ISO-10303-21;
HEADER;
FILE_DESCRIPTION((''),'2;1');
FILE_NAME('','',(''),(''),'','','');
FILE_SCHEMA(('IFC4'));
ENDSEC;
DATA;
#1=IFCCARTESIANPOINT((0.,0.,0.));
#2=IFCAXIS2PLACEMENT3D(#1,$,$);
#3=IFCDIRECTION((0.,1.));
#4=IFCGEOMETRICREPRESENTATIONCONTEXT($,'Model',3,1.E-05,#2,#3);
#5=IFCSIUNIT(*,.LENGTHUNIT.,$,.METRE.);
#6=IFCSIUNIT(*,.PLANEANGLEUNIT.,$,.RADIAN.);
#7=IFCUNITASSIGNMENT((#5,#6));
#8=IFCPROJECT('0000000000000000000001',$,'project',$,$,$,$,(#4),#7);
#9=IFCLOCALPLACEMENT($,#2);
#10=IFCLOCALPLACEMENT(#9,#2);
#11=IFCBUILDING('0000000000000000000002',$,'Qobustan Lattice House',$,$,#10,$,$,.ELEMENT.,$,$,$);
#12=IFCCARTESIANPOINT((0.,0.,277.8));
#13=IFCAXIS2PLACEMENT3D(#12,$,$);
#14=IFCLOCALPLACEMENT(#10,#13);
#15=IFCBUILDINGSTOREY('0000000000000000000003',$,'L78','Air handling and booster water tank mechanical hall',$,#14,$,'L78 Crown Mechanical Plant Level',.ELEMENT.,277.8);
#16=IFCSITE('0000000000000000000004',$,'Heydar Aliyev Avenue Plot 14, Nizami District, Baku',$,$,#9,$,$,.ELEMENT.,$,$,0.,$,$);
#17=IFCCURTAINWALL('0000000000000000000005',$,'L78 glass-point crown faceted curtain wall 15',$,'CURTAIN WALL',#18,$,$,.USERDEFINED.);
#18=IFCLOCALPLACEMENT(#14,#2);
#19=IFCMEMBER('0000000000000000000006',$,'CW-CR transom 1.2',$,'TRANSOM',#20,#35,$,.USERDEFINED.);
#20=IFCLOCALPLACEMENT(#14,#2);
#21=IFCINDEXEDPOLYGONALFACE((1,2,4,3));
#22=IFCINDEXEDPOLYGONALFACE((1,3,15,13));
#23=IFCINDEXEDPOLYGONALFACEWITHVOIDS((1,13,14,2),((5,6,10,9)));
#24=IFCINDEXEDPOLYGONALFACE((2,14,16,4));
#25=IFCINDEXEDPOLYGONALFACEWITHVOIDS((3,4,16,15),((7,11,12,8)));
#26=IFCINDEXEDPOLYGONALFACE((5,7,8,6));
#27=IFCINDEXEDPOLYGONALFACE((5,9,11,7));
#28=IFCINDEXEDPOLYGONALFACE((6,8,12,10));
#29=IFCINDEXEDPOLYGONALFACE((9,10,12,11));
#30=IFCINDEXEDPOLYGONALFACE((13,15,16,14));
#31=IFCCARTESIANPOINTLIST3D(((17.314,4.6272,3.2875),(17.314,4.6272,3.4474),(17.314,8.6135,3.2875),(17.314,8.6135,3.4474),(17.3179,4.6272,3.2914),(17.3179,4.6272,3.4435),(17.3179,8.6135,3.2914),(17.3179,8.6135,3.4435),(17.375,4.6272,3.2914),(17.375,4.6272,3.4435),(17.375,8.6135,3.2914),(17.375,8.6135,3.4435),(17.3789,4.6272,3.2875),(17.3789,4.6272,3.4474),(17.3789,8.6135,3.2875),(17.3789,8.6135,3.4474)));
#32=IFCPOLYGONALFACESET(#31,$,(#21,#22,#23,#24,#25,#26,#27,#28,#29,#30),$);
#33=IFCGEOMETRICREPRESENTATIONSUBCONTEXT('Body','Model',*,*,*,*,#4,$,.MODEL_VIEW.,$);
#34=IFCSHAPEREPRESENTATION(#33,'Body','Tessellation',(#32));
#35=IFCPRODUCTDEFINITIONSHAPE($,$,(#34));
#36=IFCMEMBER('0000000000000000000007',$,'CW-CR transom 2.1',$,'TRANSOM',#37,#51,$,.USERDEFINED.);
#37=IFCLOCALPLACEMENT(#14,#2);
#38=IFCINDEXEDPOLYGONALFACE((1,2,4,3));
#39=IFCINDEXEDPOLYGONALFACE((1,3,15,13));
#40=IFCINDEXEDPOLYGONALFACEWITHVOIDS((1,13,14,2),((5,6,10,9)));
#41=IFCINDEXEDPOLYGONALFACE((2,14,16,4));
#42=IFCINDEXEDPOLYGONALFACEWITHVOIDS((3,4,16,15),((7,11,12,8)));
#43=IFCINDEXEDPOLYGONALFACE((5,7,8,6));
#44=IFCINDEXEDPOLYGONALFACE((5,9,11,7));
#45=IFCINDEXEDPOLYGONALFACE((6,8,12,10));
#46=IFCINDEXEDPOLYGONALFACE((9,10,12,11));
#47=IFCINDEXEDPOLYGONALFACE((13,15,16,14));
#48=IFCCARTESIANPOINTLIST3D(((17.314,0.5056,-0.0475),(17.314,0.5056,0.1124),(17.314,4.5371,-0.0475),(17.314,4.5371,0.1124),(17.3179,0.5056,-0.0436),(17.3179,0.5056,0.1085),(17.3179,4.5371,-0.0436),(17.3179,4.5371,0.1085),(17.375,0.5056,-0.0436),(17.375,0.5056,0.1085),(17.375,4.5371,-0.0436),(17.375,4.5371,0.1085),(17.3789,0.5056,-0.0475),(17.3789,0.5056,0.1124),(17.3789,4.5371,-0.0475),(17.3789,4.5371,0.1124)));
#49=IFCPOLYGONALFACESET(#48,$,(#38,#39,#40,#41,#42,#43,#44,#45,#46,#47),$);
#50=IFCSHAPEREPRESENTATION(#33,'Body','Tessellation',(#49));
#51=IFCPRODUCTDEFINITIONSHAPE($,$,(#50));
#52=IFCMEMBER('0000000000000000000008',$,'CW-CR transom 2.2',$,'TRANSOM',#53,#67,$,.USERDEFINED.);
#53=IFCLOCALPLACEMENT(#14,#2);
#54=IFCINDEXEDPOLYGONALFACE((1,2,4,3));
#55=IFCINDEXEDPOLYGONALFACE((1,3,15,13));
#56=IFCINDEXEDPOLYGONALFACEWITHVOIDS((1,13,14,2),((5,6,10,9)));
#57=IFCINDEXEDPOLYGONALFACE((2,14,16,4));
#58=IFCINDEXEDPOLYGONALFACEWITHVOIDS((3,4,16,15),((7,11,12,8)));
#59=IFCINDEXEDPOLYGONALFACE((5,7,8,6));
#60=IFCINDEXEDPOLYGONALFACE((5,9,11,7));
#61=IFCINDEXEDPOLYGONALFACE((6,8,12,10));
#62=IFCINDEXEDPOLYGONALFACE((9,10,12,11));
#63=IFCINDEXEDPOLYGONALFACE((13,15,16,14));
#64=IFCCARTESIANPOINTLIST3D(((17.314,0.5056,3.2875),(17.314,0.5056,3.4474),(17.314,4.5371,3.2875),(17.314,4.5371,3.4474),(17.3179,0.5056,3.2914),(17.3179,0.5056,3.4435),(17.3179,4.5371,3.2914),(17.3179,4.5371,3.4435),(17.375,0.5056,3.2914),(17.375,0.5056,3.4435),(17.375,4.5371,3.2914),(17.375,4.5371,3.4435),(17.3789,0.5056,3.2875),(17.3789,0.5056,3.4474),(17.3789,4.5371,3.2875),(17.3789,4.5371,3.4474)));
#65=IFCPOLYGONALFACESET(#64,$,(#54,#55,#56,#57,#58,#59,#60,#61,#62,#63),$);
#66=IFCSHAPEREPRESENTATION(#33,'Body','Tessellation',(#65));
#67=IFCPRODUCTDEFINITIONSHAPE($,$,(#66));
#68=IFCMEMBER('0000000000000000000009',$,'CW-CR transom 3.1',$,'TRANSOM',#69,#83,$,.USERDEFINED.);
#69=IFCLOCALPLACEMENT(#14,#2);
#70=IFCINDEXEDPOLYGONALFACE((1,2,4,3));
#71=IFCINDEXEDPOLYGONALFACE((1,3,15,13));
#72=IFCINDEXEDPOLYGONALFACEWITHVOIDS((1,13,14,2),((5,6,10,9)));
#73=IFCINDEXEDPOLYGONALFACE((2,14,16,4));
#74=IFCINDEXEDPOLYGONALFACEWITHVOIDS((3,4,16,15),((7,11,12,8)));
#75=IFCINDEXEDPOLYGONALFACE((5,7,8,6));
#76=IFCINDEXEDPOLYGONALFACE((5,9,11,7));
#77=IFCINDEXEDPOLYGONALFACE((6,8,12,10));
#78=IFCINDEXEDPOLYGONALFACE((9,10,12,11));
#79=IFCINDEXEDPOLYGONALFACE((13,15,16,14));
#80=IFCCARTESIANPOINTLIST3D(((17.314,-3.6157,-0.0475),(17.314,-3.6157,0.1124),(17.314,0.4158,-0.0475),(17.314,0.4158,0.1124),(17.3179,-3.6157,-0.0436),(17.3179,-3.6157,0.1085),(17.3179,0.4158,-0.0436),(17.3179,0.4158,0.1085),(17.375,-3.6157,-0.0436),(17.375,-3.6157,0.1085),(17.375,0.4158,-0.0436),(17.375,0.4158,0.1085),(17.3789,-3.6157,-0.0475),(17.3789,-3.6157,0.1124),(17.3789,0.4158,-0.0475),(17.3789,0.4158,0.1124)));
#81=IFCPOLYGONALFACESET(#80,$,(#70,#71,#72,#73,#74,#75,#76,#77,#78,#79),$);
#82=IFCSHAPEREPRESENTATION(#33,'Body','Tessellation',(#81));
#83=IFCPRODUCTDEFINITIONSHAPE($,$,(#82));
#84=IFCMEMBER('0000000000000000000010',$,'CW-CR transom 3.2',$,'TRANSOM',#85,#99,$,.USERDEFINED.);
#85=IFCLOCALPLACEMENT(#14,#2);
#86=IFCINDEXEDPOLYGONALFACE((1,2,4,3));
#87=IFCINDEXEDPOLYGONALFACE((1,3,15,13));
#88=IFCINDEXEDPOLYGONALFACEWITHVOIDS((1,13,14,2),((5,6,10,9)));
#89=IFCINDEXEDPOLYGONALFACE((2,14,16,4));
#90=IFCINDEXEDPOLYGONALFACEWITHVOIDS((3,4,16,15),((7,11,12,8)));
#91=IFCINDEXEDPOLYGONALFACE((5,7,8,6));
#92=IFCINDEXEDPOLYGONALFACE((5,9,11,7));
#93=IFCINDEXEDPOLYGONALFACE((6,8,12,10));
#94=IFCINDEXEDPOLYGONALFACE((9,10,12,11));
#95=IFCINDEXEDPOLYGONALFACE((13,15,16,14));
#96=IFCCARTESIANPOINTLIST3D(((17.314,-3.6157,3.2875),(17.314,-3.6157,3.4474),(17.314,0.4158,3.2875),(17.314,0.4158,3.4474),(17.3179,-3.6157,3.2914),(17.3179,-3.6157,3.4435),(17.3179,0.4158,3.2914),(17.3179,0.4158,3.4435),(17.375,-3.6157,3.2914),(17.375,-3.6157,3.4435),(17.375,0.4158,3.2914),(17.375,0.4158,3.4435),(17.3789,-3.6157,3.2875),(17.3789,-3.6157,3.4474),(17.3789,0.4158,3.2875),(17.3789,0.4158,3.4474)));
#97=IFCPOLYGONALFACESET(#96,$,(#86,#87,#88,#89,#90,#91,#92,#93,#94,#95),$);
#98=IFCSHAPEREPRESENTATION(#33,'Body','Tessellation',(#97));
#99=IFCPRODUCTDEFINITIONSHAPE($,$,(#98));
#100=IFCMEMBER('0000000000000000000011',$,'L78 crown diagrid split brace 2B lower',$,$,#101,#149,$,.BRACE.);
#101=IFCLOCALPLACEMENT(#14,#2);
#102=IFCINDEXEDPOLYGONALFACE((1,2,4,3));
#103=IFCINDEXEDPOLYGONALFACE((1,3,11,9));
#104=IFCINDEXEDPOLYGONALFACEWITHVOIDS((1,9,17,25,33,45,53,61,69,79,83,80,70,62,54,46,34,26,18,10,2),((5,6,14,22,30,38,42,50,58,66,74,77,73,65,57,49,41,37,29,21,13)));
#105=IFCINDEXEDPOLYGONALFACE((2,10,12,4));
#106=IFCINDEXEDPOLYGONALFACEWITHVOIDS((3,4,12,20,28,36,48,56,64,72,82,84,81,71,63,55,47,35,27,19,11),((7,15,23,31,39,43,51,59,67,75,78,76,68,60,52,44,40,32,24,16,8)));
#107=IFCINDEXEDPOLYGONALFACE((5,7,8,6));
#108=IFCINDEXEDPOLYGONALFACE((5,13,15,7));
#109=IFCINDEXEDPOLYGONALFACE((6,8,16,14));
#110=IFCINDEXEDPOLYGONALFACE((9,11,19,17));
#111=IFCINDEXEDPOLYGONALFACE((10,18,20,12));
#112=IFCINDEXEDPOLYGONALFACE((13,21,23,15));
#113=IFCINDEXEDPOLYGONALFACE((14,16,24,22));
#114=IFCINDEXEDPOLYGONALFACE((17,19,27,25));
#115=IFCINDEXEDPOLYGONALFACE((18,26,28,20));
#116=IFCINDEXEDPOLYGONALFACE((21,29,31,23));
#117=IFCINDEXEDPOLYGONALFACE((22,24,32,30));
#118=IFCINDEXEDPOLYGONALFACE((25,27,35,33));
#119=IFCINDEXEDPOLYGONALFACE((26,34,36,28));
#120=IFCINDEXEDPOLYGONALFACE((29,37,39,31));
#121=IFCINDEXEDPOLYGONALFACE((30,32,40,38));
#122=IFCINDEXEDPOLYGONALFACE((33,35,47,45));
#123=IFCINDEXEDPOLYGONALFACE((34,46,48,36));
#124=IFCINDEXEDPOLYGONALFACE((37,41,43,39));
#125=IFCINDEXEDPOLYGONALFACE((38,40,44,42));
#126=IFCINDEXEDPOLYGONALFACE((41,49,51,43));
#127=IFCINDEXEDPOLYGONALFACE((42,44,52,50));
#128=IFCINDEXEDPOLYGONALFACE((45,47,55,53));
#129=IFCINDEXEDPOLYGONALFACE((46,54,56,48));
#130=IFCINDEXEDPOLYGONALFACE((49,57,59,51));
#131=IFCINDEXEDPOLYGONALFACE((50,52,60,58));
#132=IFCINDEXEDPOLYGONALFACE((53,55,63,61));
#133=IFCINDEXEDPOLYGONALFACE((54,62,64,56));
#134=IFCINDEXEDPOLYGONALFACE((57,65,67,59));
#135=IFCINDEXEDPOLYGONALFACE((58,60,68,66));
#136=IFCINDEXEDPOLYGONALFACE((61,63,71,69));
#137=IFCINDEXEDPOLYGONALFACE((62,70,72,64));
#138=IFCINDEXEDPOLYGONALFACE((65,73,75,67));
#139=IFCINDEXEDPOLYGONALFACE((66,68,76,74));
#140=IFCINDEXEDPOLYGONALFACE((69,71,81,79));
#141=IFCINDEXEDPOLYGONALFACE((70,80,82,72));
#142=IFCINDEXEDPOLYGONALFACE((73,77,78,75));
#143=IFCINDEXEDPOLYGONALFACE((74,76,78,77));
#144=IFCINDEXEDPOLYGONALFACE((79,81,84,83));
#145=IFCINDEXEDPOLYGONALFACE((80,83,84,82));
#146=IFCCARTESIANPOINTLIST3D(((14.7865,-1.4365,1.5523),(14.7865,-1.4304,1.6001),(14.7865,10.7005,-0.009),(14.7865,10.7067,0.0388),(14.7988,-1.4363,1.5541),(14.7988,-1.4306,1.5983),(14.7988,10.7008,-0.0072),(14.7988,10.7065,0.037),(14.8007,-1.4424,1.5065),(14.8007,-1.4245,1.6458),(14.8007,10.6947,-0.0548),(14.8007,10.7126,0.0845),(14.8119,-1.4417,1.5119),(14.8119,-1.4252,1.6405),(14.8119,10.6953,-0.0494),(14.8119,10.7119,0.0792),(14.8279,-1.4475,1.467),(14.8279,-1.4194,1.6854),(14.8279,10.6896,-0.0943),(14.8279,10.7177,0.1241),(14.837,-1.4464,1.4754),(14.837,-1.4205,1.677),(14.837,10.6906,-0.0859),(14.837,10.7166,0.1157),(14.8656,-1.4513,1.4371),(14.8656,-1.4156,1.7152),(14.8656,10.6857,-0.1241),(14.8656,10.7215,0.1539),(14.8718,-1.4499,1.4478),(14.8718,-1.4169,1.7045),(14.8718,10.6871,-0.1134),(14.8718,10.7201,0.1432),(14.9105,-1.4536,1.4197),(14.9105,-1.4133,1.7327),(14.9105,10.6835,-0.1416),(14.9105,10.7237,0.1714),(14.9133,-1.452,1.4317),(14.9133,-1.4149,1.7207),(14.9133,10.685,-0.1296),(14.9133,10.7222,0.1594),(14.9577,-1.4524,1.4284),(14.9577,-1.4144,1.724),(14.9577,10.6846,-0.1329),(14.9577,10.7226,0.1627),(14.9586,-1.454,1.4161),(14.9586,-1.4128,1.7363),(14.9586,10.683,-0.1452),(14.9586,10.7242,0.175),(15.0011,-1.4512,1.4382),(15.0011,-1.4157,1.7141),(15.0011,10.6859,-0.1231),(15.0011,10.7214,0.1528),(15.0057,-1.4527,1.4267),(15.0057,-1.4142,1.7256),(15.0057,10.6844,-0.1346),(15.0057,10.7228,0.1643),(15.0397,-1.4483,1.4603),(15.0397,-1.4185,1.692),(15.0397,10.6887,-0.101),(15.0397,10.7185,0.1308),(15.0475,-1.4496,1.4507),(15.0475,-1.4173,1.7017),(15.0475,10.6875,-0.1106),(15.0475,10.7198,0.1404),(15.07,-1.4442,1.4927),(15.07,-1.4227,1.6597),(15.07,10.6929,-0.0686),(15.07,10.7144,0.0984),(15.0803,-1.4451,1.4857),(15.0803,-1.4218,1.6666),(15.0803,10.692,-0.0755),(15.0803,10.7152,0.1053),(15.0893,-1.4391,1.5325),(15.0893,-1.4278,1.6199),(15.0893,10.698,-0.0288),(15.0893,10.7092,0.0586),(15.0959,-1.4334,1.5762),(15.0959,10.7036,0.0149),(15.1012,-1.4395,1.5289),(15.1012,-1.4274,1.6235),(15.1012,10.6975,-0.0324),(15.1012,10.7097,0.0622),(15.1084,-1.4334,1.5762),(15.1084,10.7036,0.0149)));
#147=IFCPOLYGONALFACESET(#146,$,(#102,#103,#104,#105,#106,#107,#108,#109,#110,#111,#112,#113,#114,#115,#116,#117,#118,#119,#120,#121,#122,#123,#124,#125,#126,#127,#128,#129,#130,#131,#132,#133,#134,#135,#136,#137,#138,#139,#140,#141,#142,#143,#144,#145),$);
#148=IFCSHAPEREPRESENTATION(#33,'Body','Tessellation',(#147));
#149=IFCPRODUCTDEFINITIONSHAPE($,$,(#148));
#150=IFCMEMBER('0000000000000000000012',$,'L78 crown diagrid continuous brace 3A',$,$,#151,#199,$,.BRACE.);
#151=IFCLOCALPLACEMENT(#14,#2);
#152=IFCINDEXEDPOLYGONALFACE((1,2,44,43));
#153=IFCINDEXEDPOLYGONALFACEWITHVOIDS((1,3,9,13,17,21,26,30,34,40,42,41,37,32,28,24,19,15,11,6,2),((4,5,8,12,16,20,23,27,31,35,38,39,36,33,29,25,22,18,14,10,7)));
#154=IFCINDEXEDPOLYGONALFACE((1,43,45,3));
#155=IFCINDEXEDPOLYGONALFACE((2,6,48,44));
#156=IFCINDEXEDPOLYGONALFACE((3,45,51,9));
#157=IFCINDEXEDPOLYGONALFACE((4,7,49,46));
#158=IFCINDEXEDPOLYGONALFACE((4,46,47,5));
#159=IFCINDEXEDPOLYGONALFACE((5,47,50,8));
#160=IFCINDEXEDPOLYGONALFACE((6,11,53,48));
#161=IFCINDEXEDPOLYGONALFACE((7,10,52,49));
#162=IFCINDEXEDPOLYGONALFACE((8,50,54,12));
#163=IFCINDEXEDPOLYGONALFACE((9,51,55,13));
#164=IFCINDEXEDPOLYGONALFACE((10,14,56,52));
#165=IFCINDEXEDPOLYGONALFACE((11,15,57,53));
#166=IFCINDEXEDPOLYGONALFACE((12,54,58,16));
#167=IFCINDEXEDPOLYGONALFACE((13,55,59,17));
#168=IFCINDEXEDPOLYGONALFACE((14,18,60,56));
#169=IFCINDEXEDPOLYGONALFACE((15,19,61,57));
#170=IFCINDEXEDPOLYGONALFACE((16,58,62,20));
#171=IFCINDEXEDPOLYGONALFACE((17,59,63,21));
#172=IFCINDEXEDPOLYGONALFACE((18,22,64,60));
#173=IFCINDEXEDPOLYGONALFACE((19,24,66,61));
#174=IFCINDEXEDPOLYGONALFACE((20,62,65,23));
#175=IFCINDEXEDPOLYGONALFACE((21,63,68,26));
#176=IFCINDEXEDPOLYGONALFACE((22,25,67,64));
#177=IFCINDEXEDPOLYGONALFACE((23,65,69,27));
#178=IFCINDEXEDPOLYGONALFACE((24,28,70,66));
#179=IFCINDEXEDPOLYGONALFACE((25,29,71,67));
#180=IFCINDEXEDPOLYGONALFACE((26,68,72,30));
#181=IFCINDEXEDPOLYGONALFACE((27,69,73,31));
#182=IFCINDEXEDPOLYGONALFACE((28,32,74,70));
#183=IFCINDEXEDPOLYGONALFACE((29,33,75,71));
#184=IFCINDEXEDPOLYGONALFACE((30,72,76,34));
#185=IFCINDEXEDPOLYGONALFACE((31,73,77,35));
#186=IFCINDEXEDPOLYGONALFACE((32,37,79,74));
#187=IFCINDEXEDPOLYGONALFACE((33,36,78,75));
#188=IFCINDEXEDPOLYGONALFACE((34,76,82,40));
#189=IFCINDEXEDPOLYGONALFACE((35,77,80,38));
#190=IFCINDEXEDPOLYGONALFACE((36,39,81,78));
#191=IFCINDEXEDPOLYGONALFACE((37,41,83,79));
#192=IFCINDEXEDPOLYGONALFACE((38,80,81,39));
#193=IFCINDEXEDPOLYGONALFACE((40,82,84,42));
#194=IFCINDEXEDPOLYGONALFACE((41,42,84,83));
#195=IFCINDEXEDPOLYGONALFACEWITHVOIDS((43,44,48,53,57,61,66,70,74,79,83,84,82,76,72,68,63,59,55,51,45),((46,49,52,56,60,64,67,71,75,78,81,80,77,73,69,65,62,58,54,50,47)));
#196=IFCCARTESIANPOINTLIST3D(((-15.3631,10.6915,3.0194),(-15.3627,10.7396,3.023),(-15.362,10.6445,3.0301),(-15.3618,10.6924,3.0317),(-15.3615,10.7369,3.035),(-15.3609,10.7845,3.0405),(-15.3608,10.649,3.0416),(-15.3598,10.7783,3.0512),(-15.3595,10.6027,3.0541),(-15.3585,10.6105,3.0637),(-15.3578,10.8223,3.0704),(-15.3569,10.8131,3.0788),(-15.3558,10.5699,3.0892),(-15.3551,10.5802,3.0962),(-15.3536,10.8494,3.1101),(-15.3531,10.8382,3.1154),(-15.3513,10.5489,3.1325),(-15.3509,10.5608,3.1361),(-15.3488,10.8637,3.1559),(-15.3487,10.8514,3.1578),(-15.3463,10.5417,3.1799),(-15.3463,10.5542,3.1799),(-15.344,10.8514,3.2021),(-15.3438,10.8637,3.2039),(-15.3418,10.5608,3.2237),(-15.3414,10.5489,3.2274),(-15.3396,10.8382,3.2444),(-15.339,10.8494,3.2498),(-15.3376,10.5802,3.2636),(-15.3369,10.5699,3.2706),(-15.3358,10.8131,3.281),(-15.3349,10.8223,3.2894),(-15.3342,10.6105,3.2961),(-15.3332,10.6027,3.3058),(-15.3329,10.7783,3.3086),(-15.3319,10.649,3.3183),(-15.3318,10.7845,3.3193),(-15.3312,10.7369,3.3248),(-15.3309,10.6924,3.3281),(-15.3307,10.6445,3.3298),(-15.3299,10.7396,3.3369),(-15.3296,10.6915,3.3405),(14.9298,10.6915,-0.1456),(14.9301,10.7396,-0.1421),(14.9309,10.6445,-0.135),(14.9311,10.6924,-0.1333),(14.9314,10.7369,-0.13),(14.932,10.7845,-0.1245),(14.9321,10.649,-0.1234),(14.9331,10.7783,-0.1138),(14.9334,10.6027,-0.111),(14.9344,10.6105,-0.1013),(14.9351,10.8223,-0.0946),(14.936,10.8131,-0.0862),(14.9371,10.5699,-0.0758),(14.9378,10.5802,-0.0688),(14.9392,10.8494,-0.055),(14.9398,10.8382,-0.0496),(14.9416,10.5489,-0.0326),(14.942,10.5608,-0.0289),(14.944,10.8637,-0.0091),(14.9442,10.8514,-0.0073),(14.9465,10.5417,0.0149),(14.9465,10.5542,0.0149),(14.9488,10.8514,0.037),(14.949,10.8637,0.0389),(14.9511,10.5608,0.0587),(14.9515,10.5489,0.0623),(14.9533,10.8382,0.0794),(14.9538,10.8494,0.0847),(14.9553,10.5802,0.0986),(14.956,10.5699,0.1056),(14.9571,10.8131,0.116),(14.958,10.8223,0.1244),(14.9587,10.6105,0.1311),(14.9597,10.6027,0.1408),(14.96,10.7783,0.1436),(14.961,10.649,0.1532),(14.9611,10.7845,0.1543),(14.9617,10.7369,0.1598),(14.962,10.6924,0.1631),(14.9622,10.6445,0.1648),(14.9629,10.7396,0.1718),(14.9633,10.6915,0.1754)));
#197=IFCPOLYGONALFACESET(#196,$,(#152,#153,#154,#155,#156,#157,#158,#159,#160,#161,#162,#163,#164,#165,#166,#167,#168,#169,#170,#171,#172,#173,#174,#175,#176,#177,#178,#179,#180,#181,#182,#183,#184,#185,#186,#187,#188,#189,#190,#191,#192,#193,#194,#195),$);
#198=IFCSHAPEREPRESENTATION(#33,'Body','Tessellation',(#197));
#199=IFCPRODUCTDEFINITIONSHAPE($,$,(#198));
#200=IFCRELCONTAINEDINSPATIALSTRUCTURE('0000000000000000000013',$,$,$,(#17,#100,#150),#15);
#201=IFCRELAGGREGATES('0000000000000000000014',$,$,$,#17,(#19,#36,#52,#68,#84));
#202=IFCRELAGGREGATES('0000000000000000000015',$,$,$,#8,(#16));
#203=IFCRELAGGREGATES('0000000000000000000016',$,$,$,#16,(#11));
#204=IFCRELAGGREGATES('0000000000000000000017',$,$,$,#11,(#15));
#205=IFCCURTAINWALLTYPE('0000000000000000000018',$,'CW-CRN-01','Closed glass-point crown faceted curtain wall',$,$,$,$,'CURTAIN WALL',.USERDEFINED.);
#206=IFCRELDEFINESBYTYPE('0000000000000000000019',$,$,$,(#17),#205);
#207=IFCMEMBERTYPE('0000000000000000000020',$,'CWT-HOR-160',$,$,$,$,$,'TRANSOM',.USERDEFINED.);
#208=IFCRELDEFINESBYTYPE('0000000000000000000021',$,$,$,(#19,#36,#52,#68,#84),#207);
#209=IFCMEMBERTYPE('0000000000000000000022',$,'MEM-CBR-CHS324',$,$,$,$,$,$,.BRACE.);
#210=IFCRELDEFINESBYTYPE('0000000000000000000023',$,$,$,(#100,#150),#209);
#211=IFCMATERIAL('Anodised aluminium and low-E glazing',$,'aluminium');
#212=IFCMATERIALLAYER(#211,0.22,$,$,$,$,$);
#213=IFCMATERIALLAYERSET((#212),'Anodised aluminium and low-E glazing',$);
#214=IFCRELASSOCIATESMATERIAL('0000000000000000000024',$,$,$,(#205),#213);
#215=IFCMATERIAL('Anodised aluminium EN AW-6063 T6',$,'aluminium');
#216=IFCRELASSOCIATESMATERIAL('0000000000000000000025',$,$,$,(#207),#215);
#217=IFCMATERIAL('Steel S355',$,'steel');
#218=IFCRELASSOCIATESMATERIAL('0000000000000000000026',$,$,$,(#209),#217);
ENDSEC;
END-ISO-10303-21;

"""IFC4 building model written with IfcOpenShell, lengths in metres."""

from ifc_helpers import new_model, si_unit, direction, frame, origin, origin_2d, place, context, subcontext, project, spatial, hollow_rectangle, hollow_circle, extrude, material, layer, layer_set, material_profile, profile_set, type_object, element, aggregate, save


model = new_model("IFC4")

# Units and contexts
model_context = context("Model", 3, precision=1e-05, world=origin(), true_north=direction((0.0, 1.0)))
body_context = subcontext(model_context, "Body", "Model", "MODEL_VIEW")
ifc_project = project(units=[si_unit("LENGTHUNIT", "METRE"), si_unit("PLANEANGLEUNIT", "RADIAN")], contexts=[model_context])

# Site, building, storey
site_placement = place(None, origin())
site = spatial("IfcSite", under=ifc_project, at=site_placement, Name="Heydar Aliyev Avenue Plot 14, Nizami District, Baku", CompositionType="ELEMENT", RefElevation=0.0)
building_placement = place(site_placement, origin())
building = spatial("IfcBuilding", under=site, at=building_placement, Name="Qobustan Lattice House", CompositionType="ELEMENT")
storey_placement = place(building_placement, frame((0.0, 0.0, 277.8)))
storey = spatial("IfcBuildingStorey", under=building, at=storey_placement, Name="L78", Description="Air handling and booster water tank mechanical hall", LongName="L78 Crown Mechanical Plant Level", CompositionType="ELEMENT", Elevation=277.8)

# Curtain wall
ifc_material_1 = material(Name="Anodised aluminium and low-E glazing", Category="aluminium")
ifc_layer_1 = layer(ifc_material_1, 0.22)
ifc_layer_set_1 = layer_set([ifc_layer_1], Name="Anodised aluminium and low-E glazing")
curtain_wall_type = type_object("IfcCurtainWallType", Name="CW-CRN-01", Description="Closed glass-point crown faceted curtain wall", ElementType="CURTAIN WALL", PredefinedType="USERDEFINED", material=ifc_layer_set_1)
curtain_wall_1_placement = place(storey_placement, origin())
curtain_wall_1 = element("IfcCurtainWall", 1, at=curtain_wall_1_placement, inside=storey, type_object=curtain_wall_type, Name="L78 glass-point crown faceted curtain wall 15", ObjectType="CURTAIN WALL", PredefinedType="USERDEFINED")

# Members
ifc_material_2 = material(Name="Anodised aluminium EN AW-6063 T6", Category="aluminium")
ifc_material_profile_1 = material_profile(ifc_material_2, hollow_rectangle(XDim=0.0649, YDim=0.1599, WallThickness=0.0039, at=origin_2d()), Name="CWT-160x65")
ifc_profile_set_1 = profile_set([ifc_material_profile_1], Name="Anodised aluminium EN AW-6063 T6")
member_type_1 = type_object("IfcMemberType", Name="CWT-HOR-160", ElementType="TRANSOM", PredefinedType="USERDEFINED", material=ifc_profile_set_1)
member_1_placement = place(storey_placement, frame((17.3464, 8.6135, 3.3674), z_axis=(0.0, -1.0, 0.0), x_axis=(1.0, 0.0, 0.0)))
member_1 = element("IfcMember", 2, at=member_1_placement, type_object=member_type_1, Name="CW-CR transom 1.2", ObjectType="TRANSOM", PredefinedType="USERDEFINED", context=body_context, shape_type="SweptSolid", body=[
    extrude(hollow_rectangle(XDim=0.0649, YDim=0.1599, WallThickness=0.0039, at=origin_2d()), origin(), (0.0, 0.0, 1.0), 3.9863),
])
member_2_placement = place(storey_placement, frame((17.3464, 4.5371, 0.0325), z_axis=(0.0, -1.0, 0.0), x_axis=(1.0, 0.0, 0.0)))
member_2 = element("IfcMember", 3, at=member_2_placement, type_object=member_type_1, Name="CW-CR transom 2.1", ObjectType="TRANSOM", PredefinedType="USERDEFINED", context=body_context, shape_type="SweptSolid", body=[
    extrude(hollow_rectangle(XDim=0.0649, YDim=0.1599, WallThickness=0.0039, at=origin_2d()), origin(), (0.0, 0.0, 1.0), 4.0315),
])
member_3_placement = place(storey_placement, frame((17.3464, 4.5371, 3.3674), z_axis=(0.0, -1.0, 0.0), x_axis=(1.0, 0.0, 0.0)))
member_3 = element("IfcMember", 4, at=member_3_placement, type_object=member_type_1, Name="CW-CR transom 2.2", ObjectType="TRANSOM", PredefinedType="USERDEFINED", context=body_context, shape_type="SweptSolid", body=[
    extrude(hollow_rectangle(XDim=0.0649, YDim=0.1599, WallThickness=0.0039, at=origin_2d()), origin(), (0.0, 0.0, 1.0), 4.0315),
])
member_4_placement = place(storey_placement, frame((17.3464, 0.4158, 0.0325), z_axis=(0.0, -1.0, 0.0), x_axis=(1.0, 0.0, 0.0)))
member_4 = element("IfcMember", 5, at=member_4_placement, type_object=member_type_1, Name="CW-CR transom 3.1", ObjectType="TRANSOM", PredefinedType="USERDEFINED", context=body_context, shape_type="SweptSolid", body=[
    extrude(hollow_rectangle(XDim=0.0649, YDim=0.1599, WallThickness=0.0039, at=origin_2d()), origin(), (0.0, 0.0, 1.0), 4.0315),
])
member_5_placement = place(storey_placement, frame((17.3464, 0.4158, 3.3674), z_axis=(0.0, -1.0, 0.0), x_axis=(1.0, 0.0, 0.0)))
member_5 = element("IfcMember", 6, at=member_5_placement, type_object=member_type_1, Name="CW-CR transom 3.2", ObjectType="TRANSOM", PredefinedType="USERDEFINED", context=body_context, shape_type="SweptSolid", body=[
    extrude(hollow_rectangle(XDim=0.0649, YDim=0.1599, WallThickness=0.0039, at=origin_2d()), origin(), (0.0, 0.0, 1.0), 4.0315),
])

# Members
ifc_material_3 = material(Name="Steel S355", Category="steel")
ifc_material_profile_2 = material_profile(ifc_material_3, hollow_circle(Radius=0.1619, WallThickness=0.0125, at=origin_2d()), Name="CHS323.9x12.5")
ifc_profile_set_2 = profile_set([ifc_material_profile_2], Name="Steel S355")
member_type_2 = type_object("IfcMemberType", Name="MEM-CBR-CHS324", PredefinedType="BRACE", material=ifc_profile_set_2)
member_6_placement = place(storey_placement, frame((14.9465, 10.7036, 0.0149), z_axis=(0.0, -0.991827, 0.127587), x_axis=(1.0, 0.0, 0.0)))
element("IfcMember", 7, at=member_6_placement, inside=storey, type_object=member_type_2, Name="L78 crown diagrid split brace 2B lower", PredefinedType="BRACE", context=body_context, shape_type="SweptSolid", body=[
    extrude(hollow_circle(Radius=0.1619, WallThickness=0.0125, at=origin_2d()), origin(), (0.0, 0.0, 1.0), 12.2371),
])
member_7_placement = place(storey_placement, frame((14.9465, 10.7036, 0.0149), z_axis=(-0.994586, 0.0, 0.103915), x_axis=(0.0, -1.0, 0.0)))
element("IfcMember", 8, at=member_7_placement, inside=storey, type_object=member_type_2, Name="L78 crown diagrid continuous brace 3A", PredefinedType="BRACE", context=body_context, shape_type="SweptSolid", body=[
    extrude(hollow_circle(Radius=0.1619, WallThickness=0.0125, at=origin_2d()), origin(), (0.0, 0.0, 1.0), 30.4578),
])

aggregate(curtain_wall_1, [member_1, member_2, member_3, member_4, member_5])

save(model, "model.ifc")
